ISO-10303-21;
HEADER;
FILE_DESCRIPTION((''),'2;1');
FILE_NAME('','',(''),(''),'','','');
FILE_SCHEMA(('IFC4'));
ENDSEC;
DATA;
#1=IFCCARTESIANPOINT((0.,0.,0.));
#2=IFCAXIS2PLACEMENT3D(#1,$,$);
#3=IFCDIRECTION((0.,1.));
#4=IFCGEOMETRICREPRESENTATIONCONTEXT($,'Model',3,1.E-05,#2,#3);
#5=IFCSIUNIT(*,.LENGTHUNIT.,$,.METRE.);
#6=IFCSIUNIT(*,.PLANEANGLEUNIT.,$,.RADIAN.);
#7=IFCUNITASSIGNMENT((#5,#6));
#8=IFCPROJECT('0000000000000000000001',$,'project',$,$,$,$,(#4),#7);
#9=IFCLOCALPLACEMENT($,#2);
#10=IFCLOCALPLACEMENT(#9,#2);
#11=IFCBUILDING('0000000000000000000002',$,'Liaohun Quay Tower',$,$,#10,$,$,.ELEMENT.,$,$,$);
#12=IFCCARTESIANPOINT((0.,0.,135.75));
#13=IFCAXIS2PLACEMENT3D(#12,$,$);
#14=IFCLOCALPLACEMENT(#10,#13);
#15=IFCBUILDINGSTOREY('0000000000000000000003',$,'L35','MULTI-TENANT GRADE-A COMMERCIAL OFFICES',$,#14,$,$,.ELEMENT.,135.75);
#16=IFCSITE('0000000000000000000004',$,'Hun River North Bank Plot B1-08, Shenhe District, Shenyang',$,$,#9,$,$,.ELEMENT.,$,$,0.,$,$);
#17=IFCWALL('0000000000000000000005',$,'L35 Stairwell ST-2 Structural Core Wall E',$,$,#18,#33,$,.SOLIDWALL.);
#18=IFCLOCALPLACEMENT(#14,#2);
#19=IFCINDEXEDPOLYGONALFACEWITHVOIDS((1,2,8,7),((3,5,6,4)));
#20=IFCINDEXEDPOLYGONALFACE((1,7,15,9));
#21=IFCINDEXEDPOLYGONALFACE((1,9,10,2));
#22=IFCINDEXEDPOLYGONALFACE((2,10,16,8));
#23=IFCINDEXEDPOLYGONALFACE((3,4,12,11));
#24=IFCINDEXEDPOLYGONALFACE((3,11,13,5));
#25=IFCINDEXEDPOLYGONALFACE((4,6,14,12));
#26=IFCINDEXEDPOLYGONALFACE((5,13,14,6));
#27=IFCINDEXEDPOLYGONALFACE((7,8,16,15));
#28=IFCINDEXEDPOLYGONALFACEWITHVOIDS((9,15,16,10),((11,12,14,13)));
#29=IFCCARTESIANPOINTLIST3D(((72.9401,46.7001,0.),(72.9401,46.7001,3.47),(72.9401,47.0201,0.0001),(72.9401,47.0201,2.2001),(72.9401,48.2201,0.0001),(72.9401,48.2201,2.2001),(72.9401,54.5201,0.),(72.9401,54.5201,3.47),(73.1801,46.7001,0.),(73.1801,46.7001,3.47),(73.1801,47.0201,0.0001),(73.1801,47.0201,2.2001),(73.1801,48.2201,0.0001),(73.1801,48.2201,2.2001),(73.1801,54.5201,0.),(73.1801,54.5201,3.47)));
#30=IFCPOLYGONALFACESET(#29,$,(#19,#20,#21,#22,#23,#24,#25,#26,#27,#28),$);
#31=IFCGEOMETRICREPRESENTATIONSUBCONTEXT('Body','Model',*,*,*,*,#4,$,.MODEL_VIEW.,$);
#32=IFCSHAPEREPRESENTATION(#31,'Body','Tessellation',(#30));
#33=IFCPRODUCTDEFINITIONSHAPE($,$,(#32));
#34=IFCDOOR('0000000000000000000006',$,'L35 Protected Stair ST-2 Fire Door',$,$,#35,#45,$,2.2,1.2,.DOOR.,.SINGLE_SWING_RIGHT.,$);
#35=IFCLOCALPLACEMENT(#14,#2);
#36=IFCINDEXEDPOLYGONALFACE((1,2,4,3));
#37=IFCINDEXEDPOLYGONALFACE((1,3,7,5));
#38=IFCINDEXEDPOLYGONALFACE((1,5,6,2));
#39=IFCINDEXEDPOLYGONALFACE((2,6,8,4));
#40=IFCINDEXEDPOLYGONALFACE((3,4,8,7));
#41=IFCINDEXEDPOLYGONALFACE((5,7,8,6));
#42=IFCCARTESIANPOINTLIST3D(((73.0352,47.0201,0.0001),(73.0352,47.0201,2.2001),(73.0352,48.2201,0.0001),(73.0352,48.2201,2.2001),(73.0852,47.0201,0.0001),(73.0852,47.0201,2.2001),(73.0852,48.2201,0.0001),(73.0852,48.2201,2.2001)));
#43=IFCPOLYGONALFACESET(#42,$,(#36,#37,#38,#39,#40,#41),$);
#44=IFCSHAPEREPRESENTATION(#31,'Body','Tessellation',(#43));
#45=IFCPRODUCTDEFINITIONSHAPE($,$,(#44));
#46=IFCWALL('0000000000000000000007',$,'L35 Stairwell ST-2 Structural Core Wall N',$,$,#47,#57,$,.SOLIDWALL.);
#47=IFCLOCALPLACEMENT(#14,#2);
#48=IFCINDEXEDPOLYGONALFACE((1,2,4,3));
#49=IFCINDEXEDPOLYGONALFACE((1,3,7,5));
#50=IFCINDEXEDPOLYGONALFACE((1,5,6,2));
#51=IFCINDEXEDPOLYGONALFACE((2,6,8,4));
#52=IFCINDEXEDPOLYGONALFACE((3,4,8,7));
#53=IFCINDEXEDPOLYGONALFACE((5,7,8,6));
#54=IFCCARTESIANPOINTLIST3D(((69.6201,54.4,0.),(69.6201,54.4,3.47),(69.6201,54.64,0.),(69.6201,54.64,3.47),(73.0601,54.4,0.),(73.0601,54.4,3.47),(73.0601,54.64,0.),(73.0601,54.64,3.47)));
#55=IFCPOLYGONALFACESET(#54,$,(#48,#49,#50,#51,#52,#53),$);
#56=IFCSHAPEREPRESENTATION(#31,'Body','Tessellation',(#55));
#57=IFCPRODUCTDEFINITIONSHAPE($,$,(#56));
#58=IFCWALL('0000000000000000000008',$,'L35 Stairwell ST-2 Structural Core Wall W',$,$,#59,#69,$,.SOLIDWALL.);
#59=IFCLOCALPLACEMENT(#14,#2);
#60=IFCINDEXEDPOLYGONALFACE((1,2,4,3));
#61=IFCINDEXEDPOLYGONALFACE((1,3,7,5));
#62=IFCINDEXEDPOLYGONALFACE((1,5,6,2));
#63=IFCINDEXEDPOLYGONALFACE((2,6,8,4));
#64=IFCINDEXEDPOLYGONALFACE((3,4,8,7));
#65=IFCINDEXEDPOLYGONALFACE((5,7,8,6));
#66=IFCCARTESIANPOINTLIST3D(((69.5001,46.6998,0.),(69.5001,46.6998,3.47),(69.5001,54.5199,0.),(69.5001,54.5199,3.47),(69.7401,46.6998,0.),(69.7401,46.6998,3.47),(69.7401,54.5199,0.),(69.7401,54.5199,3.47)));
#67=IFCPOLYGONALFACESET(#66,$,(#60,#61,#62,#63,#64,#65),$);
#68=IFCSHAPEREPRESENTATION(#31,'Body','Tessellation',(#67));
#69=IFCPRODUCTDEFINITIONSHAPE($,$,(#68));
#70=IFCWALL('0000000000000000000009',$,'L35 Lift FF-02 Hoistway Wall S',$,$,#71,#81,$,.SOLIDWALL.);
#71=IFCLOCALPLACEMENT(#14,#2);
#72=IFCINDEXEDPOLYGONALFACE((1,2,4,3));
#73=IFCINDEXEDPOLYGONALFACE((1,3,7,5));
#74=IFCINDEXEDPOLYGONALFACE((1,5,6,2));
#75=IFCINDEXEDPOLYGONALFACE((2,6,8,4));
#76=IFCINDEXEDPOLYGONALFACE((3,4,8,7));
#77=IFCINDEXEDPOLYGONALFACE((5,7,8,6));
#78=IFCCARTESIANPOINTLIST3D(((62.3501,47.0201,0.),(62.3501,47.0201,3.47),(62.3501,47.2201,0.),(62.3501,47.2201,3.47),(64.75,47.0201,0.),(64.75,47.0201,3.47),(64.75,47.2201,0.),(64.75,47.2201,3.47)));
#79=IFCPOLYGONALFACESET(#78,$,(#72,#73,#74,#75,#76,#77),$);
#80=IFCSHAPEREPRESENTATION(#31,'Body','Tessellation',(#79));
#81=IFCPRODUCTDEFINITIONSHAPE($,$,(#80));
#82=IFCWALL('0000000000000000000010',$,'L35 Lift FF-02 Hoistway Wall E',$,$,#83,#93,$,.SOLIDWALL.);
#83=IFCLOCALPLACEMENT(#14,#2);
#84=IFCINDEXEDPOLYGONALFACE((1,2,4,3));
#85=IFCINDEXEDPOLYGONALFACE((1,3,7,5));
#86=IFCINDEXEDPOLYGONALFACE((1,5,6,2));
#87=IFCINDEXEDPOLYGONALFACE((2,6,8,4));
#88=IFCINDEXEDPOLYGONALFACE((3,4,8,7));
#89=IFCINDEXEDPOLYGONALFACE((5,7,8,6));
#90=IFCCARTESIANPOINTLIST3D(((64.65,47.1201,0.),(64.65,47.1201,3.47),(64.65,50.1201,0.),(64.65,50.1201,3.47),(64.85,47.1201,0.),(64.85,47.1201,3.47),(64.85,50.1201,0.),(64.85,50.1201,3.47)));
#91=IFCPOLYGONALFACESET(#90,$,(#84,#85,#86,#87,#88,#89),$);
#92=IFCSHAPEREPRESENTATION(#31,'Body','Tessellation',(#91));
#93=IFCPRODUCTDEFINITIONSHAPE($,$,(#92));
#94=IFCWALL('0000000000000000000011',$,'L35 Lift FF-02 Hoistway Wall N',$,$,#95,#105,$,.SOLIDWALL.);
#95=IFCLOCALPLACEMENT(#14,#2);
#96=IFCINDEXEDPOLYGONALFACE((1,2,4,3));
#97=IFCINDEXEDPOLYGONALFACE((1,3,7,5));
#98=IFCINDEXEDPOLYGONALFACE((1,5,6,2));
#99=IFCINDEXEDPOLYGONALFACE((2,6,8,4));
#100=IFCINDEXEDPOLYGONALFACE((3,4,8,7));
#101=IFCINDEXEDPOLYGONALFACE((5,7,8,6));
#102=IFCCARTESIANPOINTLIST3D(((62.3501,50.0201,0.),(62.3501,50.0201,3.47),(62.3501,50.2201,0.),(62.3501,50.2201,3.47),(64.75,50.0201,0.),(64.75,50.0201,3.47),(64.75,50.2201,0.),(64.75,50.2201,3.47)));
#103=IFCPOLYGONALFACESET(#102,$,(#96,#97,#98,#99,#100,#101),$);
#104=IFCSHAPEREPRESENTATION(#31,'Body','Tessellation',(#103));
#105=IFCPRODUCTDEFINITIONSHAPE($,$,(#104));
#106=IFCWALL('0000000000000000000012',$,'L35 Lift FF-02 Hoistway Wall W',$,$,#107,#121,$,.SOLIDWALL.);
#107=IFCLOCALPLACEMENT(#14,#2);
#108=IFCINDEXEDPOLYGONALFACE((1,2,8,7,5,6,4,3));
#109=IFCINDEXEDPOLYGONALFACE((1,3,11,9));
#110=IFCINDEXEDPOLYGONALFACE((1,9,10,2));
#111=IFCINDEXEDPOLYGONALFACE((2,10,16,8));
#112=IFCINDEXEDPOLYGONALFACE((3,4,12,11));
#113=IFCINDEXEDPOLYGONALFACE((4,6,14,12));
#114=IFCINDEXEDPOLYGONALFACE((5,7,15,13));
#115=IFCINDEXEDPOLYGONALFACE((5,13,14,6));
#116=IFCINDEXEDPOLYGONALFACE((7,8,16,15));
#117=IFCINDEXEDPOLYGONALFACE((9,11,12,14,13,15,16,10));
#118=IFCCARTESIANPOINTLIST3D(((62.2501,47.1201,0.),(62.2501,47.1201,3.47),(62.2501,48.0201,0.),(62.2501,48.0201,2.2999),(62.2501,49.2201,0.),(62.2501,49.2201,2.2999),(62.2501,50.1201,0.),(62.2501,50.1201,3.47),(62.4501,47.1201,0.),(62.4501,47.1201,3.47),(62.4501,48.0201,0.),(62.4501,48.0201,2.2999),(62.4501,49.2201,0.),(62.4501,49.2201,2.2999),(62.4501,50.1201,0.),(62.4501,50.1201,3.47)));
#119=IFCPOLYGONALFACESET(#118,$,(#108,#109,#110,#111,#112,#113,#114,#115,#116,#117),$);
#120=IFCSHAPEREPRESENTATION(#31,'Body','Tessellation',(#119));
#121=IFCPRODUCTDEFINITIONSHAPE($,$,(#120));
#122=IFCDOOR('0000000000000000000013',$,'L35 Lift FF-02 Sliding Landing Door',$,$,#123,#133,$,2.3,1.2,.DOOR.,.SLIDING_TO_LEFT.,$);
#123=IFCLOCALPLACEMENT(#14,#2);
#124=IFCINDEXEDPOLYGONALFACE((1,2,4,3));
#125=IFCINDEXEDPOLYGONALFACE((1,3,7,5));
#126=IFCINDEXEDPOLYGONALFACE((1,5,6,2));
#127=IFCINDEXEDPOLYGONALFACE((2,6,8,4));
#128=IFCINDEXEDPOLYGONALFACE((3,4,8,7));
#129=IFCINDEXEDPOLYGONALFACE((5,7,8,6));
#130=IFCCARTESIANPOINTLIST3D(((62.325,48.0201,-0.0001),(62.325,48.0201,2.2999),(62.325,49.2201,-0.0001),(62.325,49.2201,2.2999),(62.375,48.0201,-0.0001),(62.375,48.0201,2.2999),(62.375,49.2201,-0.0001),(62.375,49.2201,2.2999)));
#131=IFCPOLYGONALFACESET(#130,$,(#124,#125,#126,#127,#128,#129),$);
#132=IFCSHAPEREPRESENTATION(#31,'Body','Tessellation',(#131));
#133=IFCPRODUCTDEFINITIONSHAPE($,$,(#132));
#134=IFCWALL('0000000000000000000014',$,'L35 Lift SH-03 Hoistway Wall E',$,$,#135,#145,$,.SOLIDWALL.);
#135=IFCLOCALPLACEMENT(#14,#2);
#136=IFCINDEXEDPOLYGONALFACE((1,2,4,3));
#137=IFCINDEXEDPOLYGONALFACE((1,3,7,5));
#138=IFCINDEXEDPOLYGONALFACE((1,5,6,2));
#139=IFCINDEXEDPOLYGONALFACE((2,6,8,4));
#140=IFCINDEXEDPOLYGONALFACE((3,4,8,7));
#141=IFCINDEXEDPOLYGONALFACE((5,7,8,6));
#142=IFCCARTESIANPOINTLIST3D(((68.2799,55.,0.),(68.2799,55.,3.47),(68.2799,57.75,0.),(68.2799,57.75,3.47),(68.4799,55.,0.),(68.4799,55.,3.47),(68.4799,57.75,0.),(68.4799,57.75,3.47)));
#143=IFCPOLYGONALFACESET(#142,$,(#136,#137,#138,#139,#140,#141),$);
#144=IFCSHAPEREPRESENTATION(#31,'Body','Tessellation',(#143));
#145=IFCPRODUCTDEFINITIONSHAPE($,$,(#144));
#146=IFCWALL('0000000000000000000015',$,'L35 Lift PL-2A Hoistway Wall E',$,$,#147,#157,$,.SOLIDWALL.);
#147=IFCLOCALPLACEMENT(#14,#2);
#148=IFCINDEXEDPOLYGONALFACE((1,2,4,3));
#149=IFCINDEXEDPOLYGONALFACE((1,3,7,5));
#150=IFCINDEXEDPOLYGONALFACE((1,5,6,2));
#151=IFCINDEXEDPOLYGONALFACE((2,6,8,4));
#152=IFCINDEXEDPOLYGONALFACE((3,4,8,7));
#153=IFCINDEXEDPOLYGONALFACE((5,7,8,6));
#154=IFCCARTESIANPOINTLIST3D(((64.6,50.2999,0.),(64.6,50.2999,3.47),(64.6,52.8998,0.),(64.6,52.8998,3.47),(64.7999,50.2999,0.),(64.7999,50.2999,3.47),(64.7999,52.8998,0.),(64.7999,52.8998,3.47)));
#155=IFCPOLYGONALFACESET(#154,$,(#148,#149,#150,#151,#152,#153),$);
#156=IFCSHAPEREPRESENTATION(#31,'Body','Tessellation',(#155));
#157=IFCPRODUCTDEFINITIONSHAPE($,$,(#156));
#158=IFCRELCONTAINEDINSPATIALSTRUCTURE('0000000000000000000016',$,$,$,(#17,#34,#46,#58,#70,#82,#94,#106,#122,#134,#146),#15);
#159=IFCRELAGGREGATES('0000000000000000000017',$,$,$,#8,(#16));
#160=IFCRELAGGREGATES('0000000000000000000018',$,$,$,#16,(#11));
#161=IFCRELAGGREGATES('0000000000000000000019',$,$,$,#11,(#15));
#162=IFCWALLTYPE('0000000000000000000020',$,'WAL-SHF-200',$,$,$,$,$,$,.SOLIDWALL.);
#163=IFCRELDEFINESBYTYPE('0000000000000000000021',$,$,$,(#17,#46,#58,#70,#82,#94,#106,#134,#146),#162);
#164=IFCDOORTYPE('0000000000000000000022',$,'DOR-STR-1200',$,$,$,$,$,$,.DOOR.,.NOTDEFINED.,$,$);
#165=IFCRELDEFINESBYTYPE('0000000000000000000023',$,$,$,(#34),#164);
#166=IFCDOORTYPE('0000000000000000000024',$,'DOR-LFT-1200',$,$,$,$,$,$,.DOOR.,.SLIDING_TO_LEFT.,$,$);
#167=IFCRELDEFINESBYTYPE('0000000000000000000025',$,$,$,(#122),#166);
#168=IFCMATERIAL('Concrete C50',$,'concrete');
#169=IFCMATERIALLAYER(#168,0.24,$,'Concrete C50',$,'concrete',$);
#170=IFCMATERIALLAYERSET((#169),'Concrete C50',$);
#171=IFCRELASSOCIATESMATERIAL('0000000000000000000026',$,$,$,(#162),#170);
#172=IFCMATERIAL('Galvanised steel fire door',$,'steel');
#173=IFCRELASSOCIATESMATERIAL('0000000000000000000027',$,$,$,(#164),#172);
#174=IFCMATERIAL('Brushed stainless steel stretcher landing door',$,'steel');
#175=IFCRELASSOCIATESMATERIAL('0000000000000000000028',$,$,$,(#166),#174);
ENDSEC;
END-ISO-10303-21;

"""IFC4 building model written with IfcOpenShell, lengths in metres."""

from ifc_helpers import new_model, si_unit, direction, frame, frame_2d, origin, place, context, subcontext, project, spatial, rectangle, extrude, source, transform, mapped, material, layer, layer_set, type_object, element, fill, save


model = new_model("IFC4")

# Units and contexts
model_context = context("Model", 3, precision=1e-05, world=origin(), true_north=direction((0.0, 1.0)))
body_context = subcontext(model_context, "Body", "Model", "MODEL_VIEW")
ifc_project = project(units=[si_unit("LENGTHUNIT", "METRE"), si_unit("PLANEANGLEUNIT", "RADIAN")], contexts=[model_context])

# Site, building, storey
site_placement = place(None, origin())
site = spatial("IfcSite", under=ifc_project, at=site_placement, Name="Hun River North Bank Plot B1-08, Shenhe District, Shenyang", CompositionType="ELEMENT", RefElevation=0.0)
building_placement = place(site_placement, origin())
building = spatial("IfcBuilding", under=site, at=building_placement, Name="Liaohun Quay Tower", CompositionType="ELEMENT")
storey_placement = place(building_placement, frame((0.0, 0.0, 135.75)))
storey = spatial("IfcBuildingStorey", under=building, at=storey_placement, Name="L35", Description="MULTI-TENANT GRADE-A COMMERCIAL OFFICES", CompositionType="ELEMENT", Elevation=135.75)

# Wall, opening, door
ifc_material_1 = material(Name="Concrete C50", Category="concrete")
ifc_layer_1 = layer(ifc_material_1, 0.24, Name="Concrete C50", Category="concrete")
ifc_layer_set_1 = layer_set([ifc_layer_1], Name="Concrete C50")
wall_type_1 = type_object("IfcWallType", Name="WAL-SHF-200", PredefinedType="SOLIDWALL", material=ifc_layer_set_1)
wall_1_placement = place(storey_placement, frame((73.0601, 46.7, 0.0), z_axis=(0.0, 0.0, 1.0), x_axis=(0.0, 1.0, 0.0)))
wall_1 = element("IfcWall", 1, at=wall_1_placement, inside=storey, type_object=wall_type_1, Name="L35 Stairwell ST-2 Structural Core Wall E", PredefinedType="SOLIDWALL", context=body_context, shape_type="SweptSolid", body=[
    extrude(rectangle(XDim=7.8201, YDim=0.24, at=frame_2d((3.9102, 0.0))), origin(), (0.0, 0.0, 1.0), 3.47),
])
shared_shape_1 = source(origin(), body_context, "Body", "SweptSolid", [
    extrude(rectangle(XDim=1.2, YDim=2.2, at=frame_2d((0.6001, 1.1001))), frame((0.0, 0.1299, 0.0), z_axis=(0.0, -1.0, 0.0), x_axis=(1.0, 0.0, 0.0)), (0.0, 0.0, 1.0), 0.26),
])
opening_1_placement = place(wall_1_placement, frame((0.3201, 0.0, 0.0)))
opening_1 = element("IfcOpeningElement", 2, at=opening_1_placement, cuts=wall_1, PredefinedType="OPENING", context=body_context, shape_type="MappedRepresentation", body=[
    mapped(shared_shape_1, transform((0.0, 0.0, 0.0), x_axis=(1.0, 0.0, 0.0), y_axis=(0.0, 1.0, 0.0), z_axis=(0.0, 0.0, 1.0), scale=1.0)),
])
ifc_material_2 = material(Name="Galvanised steel fire door", Category="steel")
door_type_1 = type_object("IfcDoorType", Name="DOR-STR-1200", OperationType="NOTDEFINED", PredefinedType="DOOR", material=ifc_material_2)
shared_shape_2 = source(origin(), body_context, "Body", "SweptSolid", [
    extrude(rectangle(XDim=1.2, YDim=2.2, at=frame_2d((0.6001, 1.1001))), frame((0.0, 0.0249, 0.0), z_axis=(0.0, -1.0, 0.0), x_axis=(1.0, 0.0, 0.0)), (0.0, 0.0, 1.0), 0.05),
])
door_1_placement = place(opening_1_placement, origin())
door_1 = element("IfcDoor", 3, at=door_1_placement, inside=storey, type_object=door_type_1, Name="L35 Protected Stair ST-2 Fire Door", OperationType="SINGLE_SWING_RIGHT", OverallHeight=2.2, OverallWidth=1.2, PredefinedType="DOOR", context=body_context, shape_type="MappedRepresentation", body=[
    mapped(shared_shape_2, transform((0.0, 0.0, 0.0), x_axis=(1.0, 0.0, 0.0), y_axis=(0.0, 1.0, 0.0), z_axis=(0.0, 0.0, 1.0), scale=1.0)),
])
fill(opening_1, door_1)

# Walls
wall_2_placement = place(storey_placement, frame((73.0601, 54.52, 0.0), z_axis=(0.0, 0.0, 1.0), x_axis=(-1.0, 0.0, 0.0)))
element("IfcWall", 4, at=wall_2_placement, inside=storey, type_object=wall_type_1, Name="L35 Stairwell ST-2 Structural Core Wall N", PredefinedType="SOLIDWALL", context=body_context, shape_type="SweptSolid", body=[
    extrude(rectangle(XDim=3.4399, YDim=0.24, at=frame_2d((1.72, 0.0))), origin(), (0.0, 0.0, 1.0), 3.47),
])
wall_3_placement = place(storey_placement, frame((69.6201, 54.52, 0.0), z_axis=(0.0, 0.0, 1.0), x_axis=(0.0, -1.0, 0.0)))
element("IfcWall", 5, at=wall_3_placement, inside=storey, type_object=wall_type_1, Name="L35 Stairwell ST-2 Structural Core Wall W", PredefinedType="SOLIDWALL", context=body_context, shape_type="SweptSolid", body=[
    extrude(rectangle(XDim=7.8201, YDim=0.24, at=frame_2d((3.9102, 0.0))), origin(), (0.0, 0.0, 1.0), 3.47),
])
wall_4_placement = place(storey_placement, frame((62.3501, 47.1201, 0.0), z_axis=(0.0, 0.0, 1.0), x_axis=(1.0, 0.0, 0.0)))
element("IfcWall", 6, at=wall_4_placement, inside=storey, type_object=wall_type_1, Name="L35 Lift FF-02 Hoistway Wall S", PredefinedType="SOLIDWALL", context=body_context, shape_type="SweptSolid", body=[
    extrude(rectangle(XDim=2.3999, YDim=0.2, at=frame_2d((1.2, 0.0))), origin(), (0.0, 0.0, 1.0), 3.47),
])
wall_5_placement = place(storey_placement, frame((64.75, 47.1201, 0.0), z_axis=(0.0, 0.0, 1.0), x_axis=(0.0, 1.0, 0.0)))
element("IfcWall", 7, at=wall_5_placement, inside=storey, type_object=wall_type_1, Name="L35 Lift FF-02 Hoistway Wall E", PredefinedType="SOLIDWALL", context=body_context, shape_type="SweptSolid", body=[
    extrude(rectangle(XDim=3.0, YDim=0.2, at=frame_2d((1.5, 0.0))), origin(), (0.0, 0.0, 1.0), 3.47),
])
wall_6_placement = place(storey_placement, frame((64.75, 50.1201, 0.0), z_axis=(0.0, 0.0, 1.0), x_axis=(-1.0, 0.0, 0.0)))
element("IfcWall", 8, at=wall_6_placement, inside=storey, type_object=wall_type_1, Name="L35 Lift FF-02 Hoistway Wall N", PredefinedType="SOLIDWALL", context=body_context, shape_type="SweptSolid", body=[
    extrude(rectangle(XDim=2.3999, YDim=0.2, at=frame_2d((1.2, 0.0))), origin(), (0.0, 0.0, 1.0), 3.47),
])

# Wall, opening, door
wall_7_placement = place(storey_placement, frame((62.3501, 50.1201, 0.0), z_axis=(0.0, 0.0, 1.0), x_axis=(0.0, -1.0, 0.0)))
wall_7 = element("IfcWall", 9, at=wall_7_placement, inside=storey, type_object=wall_type_1, Name="L35 Lift FF-02 Hoistway Wall W", PredefinedType="SOLIDWALL", context=body_context, shape_type="SweptSolid", body=[
    extrude(rectangle(XDim=3.0, YDim=0.2, at=frame_2d((1.5, 0.0))), origin(), (0.0, 0.0, 1.0), 3.47),
])
shared_shape_3 = source(origin(), body_context, "Body", "SweptSolid", [
    extrude(rectangle(XDim=1.2, YDim=2.3, at=frame_2d((0.6001, 1.1499))), frame((0.0, 0.1099, 0.0), z_axis=(0.0, -1.0, 0.0), x_axis=(1.0, 0.0, 0.0)), (0.0, 0.0, 1.0), 0.22),
])
opening_2_placement = place(wall_7_placement, frame((0.8999, 0.0, 0.0)))
opening_2 = element("IfcOpeningElement", 10, at=opening_2_placement, cuts=wall_7, PredefinedType="OPENING", context=body_context, shape_type="MappedRepresentation", body=[
    mapped(shared_shape_3, transform((0.0, 0.0, 0.0), x_axis=(1.0, 0.0, 0.0), y_axis=(0.0, 1.0, 0.0), z_axis=(0.0, 0.0, 1.0), scale=1.0)),
])
ifc_material_3 = material(Name="Brushed stainless steel stretcher landing door", Category="steel")
door_type_2 = type_object("IfcDoorType", Name="DOR-LFT-1200", OperationType="SLIDING_TO_LEFT", PredefinedType="DOOR", material=ifc_material_3)
shared_shape_4 = source(origin(), body_context, "Body", "SweptSolid", [
    extrude(rectangle(XDim=1.2, YDim=2.3, at=frame_2d((0.6001, 1.1499))), frame((0.0, 0.0249, 0.0), z_axis=(0.0, -1.0, 0.0), x_axis=(1.0, 0.0, 0.0)), (0.0, 0.0, 1.0), 0.05),
])
door_2_placement = place(opening_2_placement, origin())
door_2 = element("IfcDoor", 11, at=door_2_placement, inside=storey, type_object=door_type_2, Name="L35 Lift FF-02 Sliding Landing Door", OperationType="SLIDING_TO_LEFT", OverallHeight=2.3, OverallWidth=1.2, PredefinedType="DOOR", context=body_context, shape_type="MappedRepresentation", body=[
    mapped(shared_shape_4, transform((0.0, 0.0, 0.0), x_axis=(1.0, 0.0, 0.0), y_axis=(0.0, 1.0, 0.0), z_axis=(0.0, 0.0, 1.0), scale=1.0)),
])
fill(opening_2, door_2)

# Walls
wall_8_placement = place(storey_placement, frame((68.3799, 55.0, 0.0), z_axis=(0.0, 0.0, 1.0), x_axis=(0.0, 1.0, 0.0)))
element("IfcWall", 12, at=wall_8_placement, inside=storey, type_object=wall_type_1, Name="L35 Lift SH-03 Hoistway Wall E", PredefinedType="SOLIDWALL", context=body_context, shape_type="SweptSolid", body=[
    extrude(rectangle(XDim=2.75, YDim=0.2, at=frame_2d((1.375, 0.0))), origin(), (0.0, 0.0, 1.0), 3.47),
])
wall_9_placement = place(storey_placement, frame((64.7, 50.3, 0.0), z_axis=(0.0, 0.0, 1.0), x_axis=(0.0, 1.0, 0.0)))
element("IfcWall", 13, at=wall_9_placement, inside=storey, type_object=wall_type_1, Name="L35 Lift PL-2A Hoistway Wall E", PredefinedType="SOLIDWALL", context=body_context, shape_type="SweptSolid", body=[
    extrude(rectangle(XDim=2.5999, YDim=0.2, at=frame_2d((1.2998, 0.0))), origin(), (0.0, 0.0, 1.0), 3.47),
])

save(model, "model.ifc")
